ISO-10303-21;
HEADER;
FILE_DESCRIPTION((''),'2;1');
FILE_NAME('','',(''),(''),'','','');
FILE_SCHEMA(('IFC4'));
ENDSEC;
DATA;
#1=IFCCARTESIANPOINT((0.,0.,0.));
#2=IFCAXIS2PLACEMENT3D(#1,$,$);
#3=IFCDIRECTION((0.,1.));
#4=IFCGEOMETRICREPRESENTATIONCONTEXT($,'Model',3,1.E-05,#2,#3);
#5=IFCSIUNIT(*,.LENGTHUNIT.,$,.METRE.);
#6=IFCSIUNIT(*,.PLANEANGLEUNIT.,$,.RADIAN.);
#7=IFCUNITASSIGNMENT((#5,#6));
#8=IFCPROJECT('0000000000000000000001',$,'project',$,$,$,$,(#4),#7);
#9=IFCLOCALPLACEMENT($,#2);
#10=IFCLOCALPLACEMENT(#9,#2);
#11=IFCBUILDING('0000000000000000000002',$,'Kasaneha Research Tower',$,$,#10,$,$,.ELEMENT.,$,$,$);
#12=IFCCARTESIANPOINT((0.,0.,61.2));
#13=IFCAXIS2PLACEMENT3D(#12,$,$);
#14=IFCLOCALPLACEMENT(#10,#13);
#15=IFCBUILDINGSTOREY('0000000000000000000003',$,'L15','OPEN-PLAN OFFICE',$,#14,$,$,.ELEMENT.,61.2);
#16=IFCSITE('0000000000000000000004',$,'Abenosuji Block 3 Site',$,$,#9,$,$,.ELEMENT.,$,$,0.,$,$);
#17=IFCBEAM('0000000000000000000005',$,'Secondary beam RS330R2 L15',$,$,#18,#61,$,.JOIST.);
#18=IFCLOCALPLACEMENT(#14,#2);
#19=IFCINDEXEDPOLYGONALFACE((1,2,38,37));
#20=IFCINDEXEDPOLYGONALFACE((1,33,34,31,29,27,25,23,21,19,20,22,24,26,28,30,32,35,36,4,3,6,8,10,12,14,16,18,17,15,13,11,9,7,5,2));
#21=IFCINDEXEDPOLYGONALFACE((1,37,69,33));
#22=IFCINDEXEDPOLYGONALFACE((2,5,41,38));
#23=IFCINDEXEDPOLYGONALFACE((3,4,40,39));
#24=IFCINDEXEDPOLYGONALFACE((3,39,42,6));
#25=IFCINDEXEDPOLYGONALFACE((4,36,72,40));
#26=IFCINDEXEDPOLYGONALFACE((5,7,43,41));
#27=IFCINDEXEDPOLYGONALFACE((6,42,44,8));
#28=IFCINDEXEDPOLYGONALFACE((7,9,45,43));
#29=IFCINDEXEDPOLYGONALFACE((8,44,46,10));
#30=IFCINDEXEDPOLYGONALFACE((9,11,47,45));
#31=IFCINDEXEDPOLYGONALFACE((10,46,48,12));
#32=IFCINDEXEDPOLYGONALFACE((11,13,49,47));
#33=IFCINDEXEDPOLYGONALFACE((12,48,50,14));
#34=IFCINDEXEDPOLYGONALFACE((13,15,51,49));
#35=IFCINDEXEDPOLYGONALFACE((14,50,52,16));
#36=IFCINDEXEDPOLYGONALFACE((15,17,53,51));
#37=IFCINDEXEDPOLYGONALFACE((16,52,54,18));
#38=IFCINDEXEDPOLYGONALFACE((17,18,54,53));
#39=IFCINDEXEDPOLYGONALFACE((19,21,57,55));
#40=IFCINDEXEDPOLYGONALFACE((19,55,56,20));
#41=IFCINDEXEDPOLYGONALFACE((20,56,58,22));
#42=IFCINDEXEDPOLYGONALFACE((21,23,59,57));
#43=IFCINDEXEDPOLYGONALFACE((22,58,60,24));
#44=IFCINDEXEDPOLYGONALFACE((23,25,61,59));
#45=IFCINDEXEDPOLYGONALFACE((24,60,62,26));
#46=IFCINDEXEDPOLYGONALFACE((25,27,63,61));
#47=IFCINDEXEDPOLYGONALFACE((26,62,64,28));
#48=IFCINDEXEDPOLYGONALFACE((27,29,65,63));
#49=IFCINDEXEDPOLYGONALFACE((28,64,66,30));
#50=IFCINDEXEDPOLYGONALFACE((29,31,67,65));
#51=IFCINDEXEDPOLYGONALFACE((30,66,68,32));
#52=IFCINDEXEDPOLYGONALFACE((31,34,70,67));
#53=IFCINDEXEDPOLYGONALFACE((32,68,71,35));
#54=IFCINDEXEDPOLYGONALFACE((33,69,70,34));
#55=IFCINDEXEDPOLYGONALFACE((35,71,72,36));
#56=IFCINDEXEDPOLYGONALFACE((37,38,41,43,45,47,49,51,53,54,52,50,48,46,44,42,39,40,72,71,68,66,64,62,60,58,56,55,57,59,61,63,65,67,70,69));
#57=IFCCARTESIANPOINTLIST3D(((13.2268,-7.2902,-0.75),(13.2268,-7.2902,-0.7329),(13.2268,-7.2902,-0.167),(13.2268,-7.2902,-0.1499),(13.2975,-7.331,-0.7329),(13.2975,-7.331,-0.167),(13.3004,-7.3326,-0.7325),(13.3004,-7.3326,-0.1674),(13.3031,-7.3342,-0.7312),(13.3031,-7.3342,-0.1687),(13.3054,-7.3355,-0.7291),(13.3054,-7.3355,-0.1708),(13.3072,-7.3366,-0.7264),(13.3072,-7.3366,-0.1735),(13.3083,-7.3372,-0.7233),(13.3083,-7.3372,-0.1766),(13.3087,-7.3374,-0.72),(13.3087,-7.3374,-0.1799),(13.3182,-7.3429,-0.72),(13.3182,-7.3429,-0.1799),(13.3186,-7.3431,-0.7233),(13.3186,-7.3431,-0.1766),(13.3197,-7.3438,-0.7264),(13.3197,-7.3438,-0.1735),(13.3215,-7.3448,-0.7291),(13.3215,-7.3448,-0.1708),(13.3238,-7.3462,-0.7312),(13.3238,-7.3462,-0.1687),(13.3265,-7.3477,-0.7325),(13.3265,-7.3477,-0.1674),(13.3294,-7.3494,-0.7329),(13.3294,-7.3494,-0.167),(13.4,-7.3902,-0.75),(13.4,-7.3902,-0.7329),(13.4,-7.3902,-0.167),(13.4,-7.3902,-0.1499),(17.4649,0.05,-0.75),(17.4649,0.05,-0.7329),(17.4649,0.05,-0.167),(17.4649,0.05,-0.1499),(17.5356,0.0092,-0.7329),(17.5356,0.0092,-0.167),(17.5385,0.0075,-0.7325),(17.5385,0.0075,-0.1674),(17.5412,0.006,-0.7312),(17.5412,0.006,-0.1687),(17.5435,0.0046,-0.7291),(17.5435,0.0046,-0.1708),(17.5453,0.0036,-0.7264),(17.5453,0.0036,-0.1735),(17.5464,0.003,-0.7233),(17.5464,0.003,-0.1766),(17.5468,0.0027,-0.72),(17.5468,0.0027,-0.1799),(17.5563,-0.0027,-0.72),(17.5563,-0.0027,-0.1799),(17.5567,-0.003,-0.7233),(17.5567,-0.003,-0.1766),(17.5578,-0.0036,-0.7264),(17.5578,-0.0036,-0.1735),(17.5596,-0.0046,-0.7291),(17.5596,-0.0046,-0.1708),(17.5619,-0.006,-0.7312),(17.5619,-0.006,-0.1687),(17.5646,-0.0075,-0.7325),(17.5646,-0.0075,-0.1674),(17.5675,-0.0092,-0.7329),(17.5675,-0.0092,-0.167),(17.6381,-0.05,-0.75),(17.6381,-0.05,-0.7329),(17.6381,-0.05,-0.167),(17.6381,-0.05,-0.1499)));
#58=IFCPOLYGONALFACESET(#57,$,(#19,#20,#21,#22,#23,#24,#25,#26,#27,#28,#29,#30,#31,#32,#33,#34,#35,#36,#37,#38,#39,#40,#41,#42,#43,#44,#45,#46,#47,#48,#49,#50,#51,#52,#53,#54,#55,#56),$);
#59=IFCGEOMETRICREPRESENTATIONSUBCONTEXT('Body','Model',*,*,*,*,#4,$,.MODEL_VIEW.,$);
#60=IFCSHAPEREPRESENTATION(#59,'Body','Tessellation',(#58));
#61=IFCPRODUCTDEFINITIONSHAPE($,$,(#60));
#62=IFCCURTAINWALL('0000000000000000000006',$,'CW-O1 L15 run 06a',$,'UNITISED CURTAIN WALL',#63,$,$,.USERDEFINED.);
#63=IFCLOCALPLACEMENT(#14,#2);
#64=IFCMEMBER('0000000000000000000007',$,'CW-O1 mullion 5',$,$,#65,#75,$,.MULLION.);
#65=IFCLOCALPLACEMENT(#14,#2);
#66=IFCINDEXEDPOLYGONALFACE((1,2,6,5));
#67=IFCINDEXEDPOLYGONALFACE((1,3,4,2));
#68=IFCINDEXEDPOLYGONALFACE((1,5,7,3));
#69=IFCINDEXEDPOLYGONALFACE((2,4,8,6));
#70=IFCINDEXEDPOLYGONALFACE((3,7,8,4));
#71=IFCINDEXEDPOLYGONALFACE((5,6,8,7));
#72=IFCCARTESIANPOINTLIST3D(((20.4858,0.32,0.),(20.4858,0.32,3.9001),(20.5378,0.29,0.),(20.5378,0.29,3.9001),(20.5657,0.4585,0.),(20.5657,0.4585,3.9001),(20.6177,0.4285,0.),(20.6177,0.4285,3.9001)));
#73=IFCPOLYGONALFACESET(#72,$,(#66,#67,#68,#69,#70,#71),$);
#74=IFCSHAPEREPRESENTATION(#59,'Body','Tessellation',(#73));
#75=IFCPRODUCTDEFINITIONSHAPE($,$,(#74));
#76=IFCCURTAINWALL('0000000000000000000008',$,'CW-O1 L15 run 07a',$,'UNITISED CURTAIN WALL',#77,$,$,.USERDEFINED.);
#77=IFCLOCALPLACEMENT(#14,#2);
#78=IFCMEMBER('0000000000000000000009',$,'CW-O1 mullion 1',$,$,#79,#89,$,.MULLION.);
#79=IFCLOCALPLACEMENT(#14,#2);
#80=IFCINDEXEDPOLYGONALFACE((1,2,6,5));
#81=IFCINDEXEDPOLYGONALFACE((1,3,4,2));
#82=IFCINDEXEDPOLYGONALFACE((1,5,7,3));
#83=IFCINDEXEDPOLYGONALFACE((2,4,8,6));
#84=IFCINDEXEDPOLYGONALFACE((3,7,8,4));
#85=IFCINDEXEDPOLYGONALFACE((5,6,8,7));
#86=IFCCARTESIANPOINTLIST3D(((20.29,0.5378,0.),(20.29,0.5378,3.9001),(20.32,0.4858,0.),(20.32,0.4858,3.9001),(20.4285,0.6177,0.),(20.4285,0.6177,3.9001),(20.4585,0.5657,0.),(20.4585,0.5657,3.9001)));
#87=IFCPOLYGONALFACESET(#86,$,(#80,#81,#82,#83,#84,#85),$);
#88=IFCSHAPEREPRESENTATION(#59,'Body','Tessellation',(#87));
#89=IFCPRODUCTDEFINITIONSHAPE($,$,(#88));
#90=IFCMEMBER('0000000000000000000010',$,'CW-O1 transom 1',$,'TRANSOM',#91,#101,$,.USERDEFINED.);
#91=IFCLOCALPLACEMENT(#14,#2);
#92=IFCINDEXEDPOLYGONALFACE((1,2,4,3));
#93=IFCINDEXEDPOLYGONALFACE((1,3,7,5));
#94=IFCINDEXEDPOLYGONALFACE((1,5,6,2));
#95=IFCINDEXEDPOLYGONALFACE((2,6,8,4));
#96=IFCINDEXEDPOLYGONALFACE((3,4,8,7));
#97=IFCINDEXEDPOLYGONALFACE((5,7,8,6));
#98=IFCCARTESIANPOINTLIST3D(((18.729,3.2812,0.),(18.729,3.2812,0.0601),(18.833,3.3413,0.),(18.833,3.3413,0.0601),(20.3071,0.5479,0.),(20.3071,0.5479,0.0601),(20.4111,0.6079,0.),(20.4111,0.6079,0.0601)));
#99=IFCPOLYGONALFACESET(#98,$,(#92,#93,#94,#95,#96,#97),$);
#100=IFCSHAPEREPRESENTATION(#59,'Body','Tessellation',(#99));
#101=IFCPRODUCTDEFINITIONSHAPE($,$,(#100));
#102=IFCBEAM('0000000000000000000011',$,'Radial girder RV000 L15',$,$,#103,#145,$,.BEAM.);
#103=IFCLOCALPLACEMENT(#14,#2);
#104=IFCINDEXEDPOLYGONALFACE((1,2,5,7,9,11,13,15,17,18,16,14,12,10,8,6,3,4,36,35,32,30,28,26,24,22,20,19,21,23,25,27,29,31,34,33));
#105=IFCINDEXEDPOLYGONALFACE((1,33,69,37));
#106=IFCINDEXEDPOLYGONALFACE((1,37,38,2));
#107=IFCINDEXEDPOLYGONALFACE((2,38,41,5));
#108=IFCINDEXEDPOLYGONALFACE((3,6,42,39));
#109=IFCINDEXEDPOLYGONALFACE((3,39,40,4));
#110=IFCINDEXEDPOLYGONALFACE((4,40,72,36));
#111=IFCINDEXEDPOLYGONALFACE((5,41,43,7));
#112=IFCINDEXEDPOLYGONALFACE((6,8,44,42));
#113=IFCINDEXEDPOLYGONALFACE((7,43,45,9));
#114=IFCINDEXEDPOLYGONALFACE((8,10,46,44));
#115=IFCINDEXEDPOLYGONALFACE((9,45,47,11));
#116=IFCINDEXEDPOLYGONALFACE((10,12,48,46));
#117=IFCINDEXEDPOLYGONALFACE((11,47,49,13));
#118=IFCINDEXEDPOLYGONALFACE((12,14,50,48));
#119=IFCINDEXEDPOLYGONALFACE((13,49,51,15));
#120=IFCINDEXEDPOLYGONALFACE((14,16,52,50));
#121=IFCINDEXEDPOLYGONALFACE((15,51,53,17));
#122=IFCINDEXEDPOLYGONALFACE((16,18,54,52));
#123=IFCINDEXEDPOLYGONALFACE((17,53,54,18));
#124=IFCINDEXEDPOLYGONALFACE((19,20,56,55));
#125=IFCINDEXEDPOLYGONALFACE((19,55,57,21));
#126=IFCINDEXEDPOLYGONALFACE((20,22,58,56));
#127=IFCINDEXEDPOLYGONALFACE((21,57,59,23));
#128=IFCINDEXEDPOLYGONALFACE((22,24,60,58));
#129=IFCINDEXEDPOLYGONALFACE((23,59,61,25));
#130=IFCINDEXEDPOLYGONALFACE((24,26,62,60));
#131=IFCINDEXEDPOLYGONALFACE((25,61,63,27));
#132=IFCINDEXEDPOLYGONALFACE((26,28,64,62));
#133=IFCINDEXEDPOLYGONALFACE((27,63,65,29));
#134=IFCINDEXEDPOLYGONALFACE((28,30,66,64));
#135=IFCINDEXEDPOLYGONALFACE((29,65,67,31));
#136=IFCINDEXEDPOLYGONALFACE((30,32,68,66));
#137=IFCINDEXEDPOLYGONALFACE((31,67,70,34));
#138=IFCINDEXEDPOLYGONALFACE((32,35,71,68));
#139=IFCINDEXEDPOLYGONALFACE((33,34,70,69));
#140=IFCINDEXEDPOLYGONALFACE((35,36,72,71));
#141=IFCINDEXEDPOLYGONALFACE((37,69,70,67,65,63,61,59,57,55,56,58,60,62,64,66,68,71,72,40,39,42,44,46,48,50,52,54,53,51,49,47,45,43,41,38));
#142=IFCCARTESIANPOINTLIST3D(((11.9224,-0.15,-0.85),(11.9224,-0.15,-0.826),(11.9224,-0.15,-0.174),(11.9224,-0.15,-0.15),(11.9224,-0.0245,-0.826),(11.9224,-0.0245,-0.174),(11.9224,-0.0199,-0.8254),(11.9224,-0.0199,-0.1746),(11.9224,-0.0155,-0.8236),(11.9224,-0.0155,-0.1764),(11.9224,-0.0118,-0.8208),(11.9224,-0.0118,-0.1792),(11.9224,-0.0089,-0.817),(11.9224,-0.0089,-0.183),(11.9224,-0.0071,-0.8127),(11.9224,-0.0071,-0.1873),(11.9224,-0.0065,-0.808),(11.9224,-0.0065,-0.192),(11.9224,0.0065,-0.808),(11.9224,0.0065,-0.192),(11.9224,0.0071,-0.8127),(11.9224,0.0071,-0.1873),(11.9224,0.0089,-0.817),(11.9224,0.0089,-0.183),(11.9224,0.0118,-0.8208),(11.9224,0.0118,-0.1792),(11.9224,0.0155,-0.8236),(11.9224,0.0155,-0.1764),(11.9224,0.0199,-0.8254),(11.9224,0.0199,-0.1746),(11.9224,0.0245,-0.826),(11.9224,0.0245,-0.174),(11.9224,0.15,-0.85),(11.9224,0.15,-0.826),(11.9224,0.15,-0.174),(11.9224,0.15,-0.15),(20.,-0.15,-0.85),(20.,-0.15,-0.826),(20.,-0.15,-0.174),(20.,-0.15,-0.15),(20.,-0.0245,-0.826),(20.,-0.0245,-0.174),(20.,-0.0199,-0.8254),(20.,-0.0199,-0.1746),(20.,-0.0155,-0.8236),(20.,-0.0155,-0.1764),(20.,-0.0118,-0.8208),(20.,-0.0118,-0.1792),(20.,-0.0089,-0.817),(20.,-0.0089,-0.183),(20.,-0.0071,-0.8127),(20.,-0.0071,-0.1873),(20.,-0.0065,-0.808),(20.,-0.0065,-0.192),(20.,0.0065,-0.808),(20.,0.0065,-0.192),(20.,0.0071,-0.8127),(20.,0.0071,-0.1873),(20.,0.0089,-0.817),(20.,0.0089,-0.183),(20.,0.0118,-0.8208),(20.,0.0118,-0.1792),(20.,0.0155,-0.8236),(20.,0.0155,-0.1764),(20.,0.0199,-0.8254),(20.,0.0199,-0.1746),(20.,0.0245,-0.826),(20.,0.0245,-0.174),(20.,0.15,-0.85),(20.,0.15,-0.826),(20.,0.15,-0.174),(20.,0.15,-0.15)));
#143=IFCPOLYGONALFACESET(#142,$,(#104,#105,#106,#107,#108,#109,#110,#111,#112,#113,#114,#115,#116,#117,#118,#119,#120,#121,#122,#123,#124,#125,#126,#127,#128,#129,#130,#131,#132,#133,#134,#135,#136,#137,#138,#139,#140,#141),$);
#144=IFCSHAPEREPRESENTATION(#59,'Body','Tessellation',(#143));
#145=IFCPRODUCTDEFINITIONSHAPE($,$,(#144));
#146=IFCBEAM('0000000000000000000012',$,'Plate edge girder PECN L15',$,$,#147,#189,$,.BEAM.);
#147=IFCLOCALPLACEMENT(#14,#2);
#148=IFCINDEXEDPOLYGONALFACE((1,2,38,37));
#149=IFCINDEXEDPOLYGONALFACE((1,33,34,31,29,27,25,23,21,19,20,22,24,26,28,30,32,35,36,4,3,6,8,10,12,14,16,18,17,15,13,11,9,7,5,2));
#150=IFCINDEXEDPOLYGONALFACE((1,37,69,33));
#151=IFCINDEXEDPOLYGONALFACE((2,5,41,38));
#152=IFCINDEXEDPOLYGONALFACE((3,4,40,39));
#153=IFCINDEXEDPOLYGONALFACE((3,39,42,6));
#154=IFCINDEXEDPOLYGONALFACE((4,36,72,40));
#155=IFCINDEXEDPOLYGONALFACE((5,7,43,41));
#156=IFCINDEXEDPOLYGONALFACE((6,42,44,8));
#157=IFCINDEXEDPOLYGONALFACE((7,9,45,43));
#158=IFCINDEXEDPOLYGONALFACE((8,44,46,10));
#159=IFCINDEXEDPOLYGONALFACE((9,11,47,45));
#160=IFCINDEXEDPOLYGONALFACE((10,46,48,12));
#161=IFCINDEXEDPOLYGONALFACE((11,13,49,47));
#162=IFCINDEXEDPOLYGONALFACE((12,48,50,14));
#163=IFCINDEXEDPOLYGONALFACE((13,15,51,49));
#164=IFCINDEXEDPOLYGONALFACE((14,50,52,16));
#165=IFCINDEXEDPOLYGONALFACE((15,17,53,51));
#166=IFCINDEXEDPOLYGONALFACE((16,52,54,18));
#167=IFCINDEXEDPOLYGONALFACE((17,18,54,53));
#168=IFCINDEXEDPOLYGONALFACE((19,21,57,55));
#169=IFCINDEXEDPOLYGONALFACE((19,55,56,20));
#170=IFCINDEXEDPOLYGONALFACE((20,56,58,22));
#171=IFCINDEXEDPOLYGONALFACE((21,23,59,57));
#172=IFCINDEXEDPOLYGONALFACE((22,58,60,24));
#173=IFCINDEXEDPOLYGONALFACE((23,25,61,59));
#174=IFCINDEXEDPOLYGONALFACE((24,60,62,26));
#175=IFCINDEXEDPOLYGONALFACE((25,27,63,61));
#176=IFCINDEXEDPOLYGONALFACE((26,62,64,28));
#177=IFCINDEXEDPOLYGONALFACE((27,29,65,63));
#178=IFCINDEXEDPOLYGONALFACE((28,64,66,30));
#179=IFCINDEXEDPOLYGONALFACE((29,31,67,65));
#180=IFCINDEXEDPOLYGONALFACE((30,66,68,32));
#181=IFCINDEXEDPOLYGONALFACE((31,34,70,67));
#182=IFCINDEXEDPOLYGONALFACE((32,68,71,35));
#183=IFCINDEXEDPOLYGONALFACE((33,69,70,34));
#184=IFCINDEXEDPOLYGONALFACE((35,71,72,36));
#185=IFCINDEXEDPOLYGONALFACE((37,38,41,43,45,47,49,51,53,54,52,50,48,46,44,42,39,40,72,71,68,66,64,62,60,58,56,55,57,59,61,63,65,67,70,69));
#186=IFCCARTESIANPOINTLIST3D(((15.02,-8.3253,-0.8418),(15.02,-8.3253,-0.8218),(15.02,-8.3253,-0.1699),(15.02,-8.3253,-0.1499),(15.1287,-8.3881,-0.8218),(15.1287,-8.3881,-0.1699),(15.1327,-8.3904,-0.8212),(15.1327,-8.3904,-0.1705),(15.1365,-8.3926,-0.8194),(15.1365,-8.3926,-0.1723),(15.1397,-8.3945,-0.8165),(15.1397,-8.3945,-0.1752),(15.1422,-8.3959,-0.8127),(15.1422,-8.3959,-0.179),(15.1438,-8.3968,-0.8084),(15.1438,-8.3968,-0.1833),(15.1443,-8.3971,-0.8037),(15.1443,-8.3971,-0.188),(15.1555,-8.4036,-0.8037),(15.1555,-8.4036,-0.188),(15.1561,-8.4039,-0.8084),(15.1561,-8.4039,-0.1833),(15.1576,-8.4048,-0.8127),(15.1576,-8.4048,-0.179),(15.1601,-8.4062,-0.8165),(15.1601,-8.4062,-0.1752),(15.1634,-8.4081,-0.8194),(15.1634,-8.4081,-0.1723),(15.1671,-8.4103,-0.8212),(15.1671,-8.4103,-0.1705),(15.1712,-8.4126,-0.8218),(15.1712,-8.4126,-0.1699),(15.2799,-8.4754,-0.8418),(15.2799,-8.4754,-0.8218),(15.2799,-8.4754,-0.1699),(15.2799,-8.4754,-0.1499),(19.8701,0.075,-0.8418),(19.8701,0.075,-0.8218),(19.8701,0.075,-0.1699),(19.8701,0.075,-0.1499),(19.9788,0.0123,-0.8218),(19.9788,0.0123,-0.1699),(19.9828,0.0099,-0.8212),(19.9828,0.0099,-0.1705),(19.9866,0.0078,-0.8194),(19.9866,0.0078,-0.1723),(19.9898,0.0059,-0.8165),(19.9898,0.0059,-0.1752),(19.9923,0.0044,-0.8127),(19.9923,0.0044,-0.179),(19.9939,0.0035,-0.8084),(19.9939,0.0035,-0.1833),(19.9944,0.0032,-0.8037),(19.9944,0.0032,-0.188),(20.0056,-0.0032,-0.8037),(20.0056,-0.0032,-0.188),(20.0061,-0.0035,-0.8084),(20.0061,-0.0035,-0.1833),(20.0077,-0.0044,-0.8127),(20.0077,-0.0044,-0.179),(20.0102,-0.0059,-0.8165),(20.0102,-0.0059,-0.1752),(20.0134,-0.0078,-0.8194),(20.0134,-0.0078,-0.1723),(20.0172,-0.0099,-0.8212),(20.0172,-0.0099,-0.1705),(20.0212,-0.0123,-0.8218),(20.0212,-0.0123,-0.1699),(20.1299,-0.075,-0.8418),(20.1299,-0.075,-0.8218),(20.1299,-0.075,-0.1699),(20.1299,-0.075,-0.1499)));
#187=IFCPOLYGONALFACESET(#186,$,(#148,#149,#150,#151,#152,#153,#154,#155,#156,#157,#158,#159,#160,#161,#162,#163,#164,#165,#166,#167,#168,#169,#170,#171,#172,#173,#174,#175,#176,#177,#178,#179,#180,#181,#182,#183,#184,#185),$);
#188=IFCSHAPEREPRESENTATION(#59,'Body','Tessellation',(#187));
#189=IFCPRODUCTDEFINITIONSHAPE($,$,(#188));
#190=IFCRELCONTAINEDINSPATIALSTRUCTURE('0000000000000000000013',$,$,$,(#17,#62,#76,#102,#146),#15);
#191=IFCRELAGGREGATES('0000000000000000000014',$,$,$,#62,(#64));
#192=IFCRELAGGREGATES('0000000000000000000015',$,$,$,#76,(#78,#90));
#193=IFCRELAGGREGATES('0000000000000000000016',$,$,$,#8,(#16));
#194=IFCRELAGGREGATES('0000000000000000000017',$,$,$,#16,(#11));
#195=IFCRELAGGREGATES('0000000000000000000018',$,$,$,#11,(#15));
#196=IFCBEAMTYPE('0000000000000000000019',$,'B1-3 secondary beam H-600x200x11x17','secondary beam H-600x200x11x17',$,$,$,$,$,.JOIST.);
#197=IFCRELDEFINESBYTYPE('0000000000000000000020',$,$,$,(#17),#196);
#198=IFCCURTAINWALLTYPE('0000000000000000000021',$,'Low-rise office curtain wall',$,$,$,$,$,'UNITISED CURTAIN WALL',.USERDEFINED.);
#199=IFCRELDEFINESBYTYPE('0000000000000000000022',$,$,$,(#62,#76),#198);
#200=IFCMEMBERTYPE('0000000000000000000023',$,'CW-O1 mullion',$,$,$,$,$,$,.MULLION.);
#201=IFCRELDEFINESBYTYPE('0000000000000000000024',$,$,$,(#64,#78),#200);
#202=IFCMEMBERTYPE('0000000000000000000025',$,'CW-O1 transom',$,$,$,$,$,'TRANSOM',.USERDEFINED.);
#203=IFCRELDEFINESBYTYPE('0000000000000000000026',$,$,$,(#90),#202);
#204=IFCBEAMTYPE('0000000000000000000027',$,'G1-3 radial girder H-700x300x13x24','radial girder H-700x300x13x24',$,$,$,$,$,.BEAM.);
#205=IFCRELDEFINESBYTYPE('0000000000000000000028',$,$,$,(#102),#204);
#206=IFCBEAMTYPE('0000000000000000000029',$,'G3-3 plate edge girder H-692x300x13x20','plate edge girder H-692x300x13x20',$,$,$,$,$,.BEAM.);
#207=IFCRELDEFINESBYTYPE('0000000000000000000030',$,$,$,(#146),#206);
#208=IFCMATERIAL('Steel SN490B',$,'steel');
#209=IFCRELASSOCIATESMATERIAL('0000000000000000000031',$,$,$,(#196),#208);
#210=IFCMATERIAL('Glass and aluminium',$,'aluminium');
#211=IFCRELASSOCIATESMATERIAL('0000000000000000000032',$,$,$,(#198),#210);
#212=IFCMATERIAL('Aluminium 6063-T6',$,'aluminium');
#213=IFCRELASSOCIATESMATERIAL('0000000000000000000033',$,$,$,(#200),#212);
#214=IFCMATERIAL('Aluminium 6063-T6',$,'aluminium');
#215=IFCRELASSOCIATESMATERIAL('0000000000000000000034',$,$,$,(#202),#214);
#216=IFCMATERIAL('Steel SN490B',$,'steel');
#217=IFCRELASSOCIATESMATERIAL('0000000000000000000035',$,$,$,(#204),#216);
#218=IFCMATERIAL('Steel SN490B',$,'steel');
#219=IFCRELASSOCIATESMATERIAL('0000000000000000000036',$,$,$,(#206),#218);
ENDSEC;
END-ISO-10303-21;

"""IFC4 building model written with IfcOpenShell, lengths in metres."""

from ifc_helpers import new_model, si_unit, direction, frame, origin, origin_2d, place, context, subcontext, project, spatial, rectangle, i_section, extrude, material, material_profile, profile_set, type_object, element, aggregate, save


model = new_model("IFC4")

# Units and contexts
model_context = context("Model", 3, precision=1e-05, world=origin(), true_north=direction((0.0, 1.0)))
body_context = subcontext(model_context, "Body", "Model", "MODEL_VIEW")
ifc_project = project(units=[si_unit("LENGTHUNIT", "METRE"), si_unit("PLANEANGLEUNIT", "RADIAN")], contexts=[model_context])

# Site, building, storey
site_placement = place(None, origin())
site = spatial("IfcSite", under=ifc_project, at=site_placement, Name="Abenosuji Block 3 Site", CompositionType="ELEMENT", RefElevation=0.0)
building_placement = place(site_placement, origin())
building = spatial("IfcBuilding", under=site, at=building_placement, Name="Kasaneha Research Tower", CompositionType="ELEMENT")
storey_placement = place(building_placement, frame((0.0, 0.0, 61.2)))
storey = spatial("IfcBuildingStorey", under=building, at=storey_placement, Name="L15", Description="OPEN-PLAN OFFICE", CompositionType="ELEMENT", Elevation=61.2)

# Beam
ifc_material_1 = material(Name="Steel SN490B", Category="steel")
ifc_material_profile_1 = material_profile(ifc_material_1, i_section(OverallWidth=0.2, OverallDepth=0.6001, WebThickness=0.011, FlangeThickness=0.0171, FilletRadius=0.0129, at=origin_2d()), Name="H-600x200x11x17")
ifc_profile_set_1 = profile_set([ifc_material_profile_1], Name="Steel SN490B")
beam_type_1 = type_object("IfcBeamType", Name="B1-3 secondary beam H-600x200x11x17", Description="secondary beam H-600x200x11x17", PredefinedType="JOIST", material=ifc_profile_set_1)
beam_1_placement = place(storey_placement, frame((17.5515, 0.0, -0.45), z_axis=(-0.500021, -0.866013, 0.0), x_axis=(0.866013, -0.500021, 0.0)))
element("IfcBeam", 1, at=beam_1_placement, inside=storey, type_object=beam_type_1, Name="Secondary beam RS330R2 L15", PredefinedType="JOIST", context=body_context, shape_type="SweptSolid", body=[
    extrude(i_section(OverallWidth=0.2, OverallDepth=0.6001, WebThickness=0.011, FlangeThickness=0.0171, FilletRadius=0.0129, at=origin_2d()), origin(), (0.0, 0.0, 1.0), 8.4758),
])

# Curtain wall, member
ifc_material_2 = material(Name="Glass and aluminium", Category="aluminium")
curtain_wall_type = type_object("IfcCurtainWallType", Name="Low-rise office curtain wall", ElementType="UNITISED CURTAIN WALL", PredefinedType="USERDEFINED", material=ifc_material_2)
curtain_wall_1_placement = place(storey_placement, origin())
curtain_wall_1 = element("IfcCurtainWall", 2, at=curtain_wall_1_placement, inside=storey, type_object=curtain_wall_type, Name="CW-O1 L15 run 06a", ObjectType="UNITISED CURTAIN WALL", PredefinedType="USERDEFINED")
ifc_material_3 = material(Name="Aluminium 6063-T6", Category="aluminium")
ifc_material_profile_2 = material_profile(ifc_material_3, rectangle(XDim=0.0601, YDim=0.1599, at=origin_2d()), Name="CW-O1 mullion 60x160")
ifc_profile_set_2 = profile_set([ifc_material_profile_2], Name="Aluminium 6063-T6")
member_type_1 = type_object("IfcMemberType", Name="CW-O1 mullion", PredefinedType="MULLION", material=ifc_profile_set_2)
member_1_placement = place(storey_placement, frame((20.5518, 0.3743, 0.0), z_axis=(0.0, 0.0, 1.0), x_axis=(-0.866025, 0.5, 0.0)))
member_1 = element("IfcMember", 3, at=member_1_placement, type_object=member_type_1, Name="CW-O1 mullion 5", PredefinedType="MULLION", context=body_context, shape_type="SweptSolid", body=[
    extrude(rectangle(XDim=0.0601, YDim=0.1599, at=origin_2d()), origin(), (0.0, 0.0, 1.0), 3.9001),
])
aggregate(curtain_wall_1, [member_1])

# Curtain wall, members
curtain_wall_2_placement = place(storey_placement, origin())
curtain_wall_2 = element("IfcCurtainWall", 4, at=curtain_wall_2_placement, inside=storey, type_object=curtain_wall_type, Name="CW-O1 L15 run 07a", ObjectType="UNITISED CURTAIN WALL", PredefinedType="USERDEFINED")
member_2_placement = place(storey_placement, frame((20.3743, 0.5518, 0.0), z_axis=(0.0, 0.0, 1.0), x_axis=(-0.5, 0.866025, 0.0)))
member_2 = element("IfcMember", 5, at=member_2_placement, type_object=member_type_1, Name="CW-O1 mullion 1", PredefinedType="MULLION", context=body_context, shape_type="SweptSolid", body=[
    extrude(rectangle(XDim=0.0601, YDim=0.1599, at=origin_2d()), origin(), (0.0, 0.0, 1.0), 3.9001),
])
ifc_material_4 = material(Name="Aluminium 6063-T6", Category="aluminium")
ifc_material_profile_3 = material_profile(ifc_material_4, rectangle(XDim=0.1201, YDim=0.0601, at=origin_2d()), Name="CW-O1 transom 120x60")
ifc_profile_set_3 = profile_set([ifc_material_profile_3], Name="Aluminium 6063-T6")
member_type_2 = type_object("IfcMemberType", Name="CW-O1 transom", ElementType="TRANSOM", PredefinedType="USERDEFINED", material=ifc_profile_set_3)
member_3_placement = place(storey_placement, frame((20.3591, 0.5779, 0.03), z_axis=(-0.499999, 0.866026, 0.0), x_axis=(-0.866026, -0.499999, 0.0)))
member_3 = element("IfcMember", 6, at=member_3_placement, type_object=member_type_2, Name="CW-O1 transom 1", ObjectType="TRANSOM", PredefinedType="USERDEFINED", context=body_context, shape_type="SweptSolid", body=[
    extrude(rectangle(XDim=0.1201, YDim=0.0601, at=origin_2d()), origin(), (0.0, 0.0, 1.0), 3.1562),
])

# Beams
ifc_material_5 = material(Name="Steel SN490B", Category="steel")
ifc_material_profile_4 = material_profile(ifc_material_5, i_section(OverallWidth=0.3, OverallDepth=0.7, WebThickness=0.0129, FlangeThickness=0.0239, FilletRadius=0.0181, at=origin_2d()), Name="H-700x300x13x24")
ifc_profile_set_4 = profile_set([ifc_material_profile_4], Name="Steel SN490B")
beam_type_2 = type_object("IfcBeamType", Name="G1-3 radial girder H-700x300x13x24", Description="radial girder H-700x300x13x24", PredefinedType="BEAM", material=ifc_profile_set_4)
beam_2_placement = place(storey_placement, frame((11.9224, 0.0, -0.5), z_axis=(1.0, 0.0, 0.0), x_axis=(0.0, 1.0, 0.0)))
element("IfcBeam", 7, at=beam_2_placement, inside=storey, type_object=beam_type_2, Name="Radial girder RV000 L15", PredefinedType="BEAM", context=body_context, shape_type="SweptSolid", body=[
    extrude(i_section(OverallWidth=0.3, OverallDepth=0.7, WebThickness=0.0129, FlangeThickness=0.0239, FilletRadius=0.0181, at=origin_2d()), origin(), (0.0, 0.0, 1.0), 8.0776),
])
ifc_material_6 = material(Name="Steel SN490B", Category="steel")
ifc_material_profile_5 = material_profile(ifc_material_6, i_section(OverallWidth=0.3, OverallDepth=0.6919, WebThickness=0.0129, FlangeThickness=0.02, FilletRadius=0.0181, at=origin_2d()), Name="H-692x300x13x20")
ifc_profile_set_5 = profile_set([ifc_material_profile_5], Name="Steel SN490B")
beam_type_3 = type_object("IfcBeamType", Name="G3-3 plate edge girder H-692x300x13x20", Description="plate edge girder H-692x300x13x20", PredefinedType="BEAM", material=ifc_profile_set_5)
beam_3_placement = place(storey_placement, frame((20.0, 0.0, -0.4958), z_axis=(-0.50001, -0.86602, 0.0), x_axis=(0.86602, -0.50001, 0.0)))
element("IfcBeam", 8, at=beam_3_placement, inside=storey, type_object=beam_type_3, Name="Plate edge girder PECN L15", PredefinedType="BEAM", context=body_context, shape_type="SweptSolid", body=[
    extrude(i_section(OverallWidth=0.3, OverallDepth=0.6919, WebThickness=0.0129, FlangeThickness=0.02, FilletRadius=0.0181, at=origin_2d()), origin(), (0.0, 0.0, 1.0), 9.7),
])

aggregate(curtain_wall_2, [member_2, member_3])

save(model, "model.ifc")
